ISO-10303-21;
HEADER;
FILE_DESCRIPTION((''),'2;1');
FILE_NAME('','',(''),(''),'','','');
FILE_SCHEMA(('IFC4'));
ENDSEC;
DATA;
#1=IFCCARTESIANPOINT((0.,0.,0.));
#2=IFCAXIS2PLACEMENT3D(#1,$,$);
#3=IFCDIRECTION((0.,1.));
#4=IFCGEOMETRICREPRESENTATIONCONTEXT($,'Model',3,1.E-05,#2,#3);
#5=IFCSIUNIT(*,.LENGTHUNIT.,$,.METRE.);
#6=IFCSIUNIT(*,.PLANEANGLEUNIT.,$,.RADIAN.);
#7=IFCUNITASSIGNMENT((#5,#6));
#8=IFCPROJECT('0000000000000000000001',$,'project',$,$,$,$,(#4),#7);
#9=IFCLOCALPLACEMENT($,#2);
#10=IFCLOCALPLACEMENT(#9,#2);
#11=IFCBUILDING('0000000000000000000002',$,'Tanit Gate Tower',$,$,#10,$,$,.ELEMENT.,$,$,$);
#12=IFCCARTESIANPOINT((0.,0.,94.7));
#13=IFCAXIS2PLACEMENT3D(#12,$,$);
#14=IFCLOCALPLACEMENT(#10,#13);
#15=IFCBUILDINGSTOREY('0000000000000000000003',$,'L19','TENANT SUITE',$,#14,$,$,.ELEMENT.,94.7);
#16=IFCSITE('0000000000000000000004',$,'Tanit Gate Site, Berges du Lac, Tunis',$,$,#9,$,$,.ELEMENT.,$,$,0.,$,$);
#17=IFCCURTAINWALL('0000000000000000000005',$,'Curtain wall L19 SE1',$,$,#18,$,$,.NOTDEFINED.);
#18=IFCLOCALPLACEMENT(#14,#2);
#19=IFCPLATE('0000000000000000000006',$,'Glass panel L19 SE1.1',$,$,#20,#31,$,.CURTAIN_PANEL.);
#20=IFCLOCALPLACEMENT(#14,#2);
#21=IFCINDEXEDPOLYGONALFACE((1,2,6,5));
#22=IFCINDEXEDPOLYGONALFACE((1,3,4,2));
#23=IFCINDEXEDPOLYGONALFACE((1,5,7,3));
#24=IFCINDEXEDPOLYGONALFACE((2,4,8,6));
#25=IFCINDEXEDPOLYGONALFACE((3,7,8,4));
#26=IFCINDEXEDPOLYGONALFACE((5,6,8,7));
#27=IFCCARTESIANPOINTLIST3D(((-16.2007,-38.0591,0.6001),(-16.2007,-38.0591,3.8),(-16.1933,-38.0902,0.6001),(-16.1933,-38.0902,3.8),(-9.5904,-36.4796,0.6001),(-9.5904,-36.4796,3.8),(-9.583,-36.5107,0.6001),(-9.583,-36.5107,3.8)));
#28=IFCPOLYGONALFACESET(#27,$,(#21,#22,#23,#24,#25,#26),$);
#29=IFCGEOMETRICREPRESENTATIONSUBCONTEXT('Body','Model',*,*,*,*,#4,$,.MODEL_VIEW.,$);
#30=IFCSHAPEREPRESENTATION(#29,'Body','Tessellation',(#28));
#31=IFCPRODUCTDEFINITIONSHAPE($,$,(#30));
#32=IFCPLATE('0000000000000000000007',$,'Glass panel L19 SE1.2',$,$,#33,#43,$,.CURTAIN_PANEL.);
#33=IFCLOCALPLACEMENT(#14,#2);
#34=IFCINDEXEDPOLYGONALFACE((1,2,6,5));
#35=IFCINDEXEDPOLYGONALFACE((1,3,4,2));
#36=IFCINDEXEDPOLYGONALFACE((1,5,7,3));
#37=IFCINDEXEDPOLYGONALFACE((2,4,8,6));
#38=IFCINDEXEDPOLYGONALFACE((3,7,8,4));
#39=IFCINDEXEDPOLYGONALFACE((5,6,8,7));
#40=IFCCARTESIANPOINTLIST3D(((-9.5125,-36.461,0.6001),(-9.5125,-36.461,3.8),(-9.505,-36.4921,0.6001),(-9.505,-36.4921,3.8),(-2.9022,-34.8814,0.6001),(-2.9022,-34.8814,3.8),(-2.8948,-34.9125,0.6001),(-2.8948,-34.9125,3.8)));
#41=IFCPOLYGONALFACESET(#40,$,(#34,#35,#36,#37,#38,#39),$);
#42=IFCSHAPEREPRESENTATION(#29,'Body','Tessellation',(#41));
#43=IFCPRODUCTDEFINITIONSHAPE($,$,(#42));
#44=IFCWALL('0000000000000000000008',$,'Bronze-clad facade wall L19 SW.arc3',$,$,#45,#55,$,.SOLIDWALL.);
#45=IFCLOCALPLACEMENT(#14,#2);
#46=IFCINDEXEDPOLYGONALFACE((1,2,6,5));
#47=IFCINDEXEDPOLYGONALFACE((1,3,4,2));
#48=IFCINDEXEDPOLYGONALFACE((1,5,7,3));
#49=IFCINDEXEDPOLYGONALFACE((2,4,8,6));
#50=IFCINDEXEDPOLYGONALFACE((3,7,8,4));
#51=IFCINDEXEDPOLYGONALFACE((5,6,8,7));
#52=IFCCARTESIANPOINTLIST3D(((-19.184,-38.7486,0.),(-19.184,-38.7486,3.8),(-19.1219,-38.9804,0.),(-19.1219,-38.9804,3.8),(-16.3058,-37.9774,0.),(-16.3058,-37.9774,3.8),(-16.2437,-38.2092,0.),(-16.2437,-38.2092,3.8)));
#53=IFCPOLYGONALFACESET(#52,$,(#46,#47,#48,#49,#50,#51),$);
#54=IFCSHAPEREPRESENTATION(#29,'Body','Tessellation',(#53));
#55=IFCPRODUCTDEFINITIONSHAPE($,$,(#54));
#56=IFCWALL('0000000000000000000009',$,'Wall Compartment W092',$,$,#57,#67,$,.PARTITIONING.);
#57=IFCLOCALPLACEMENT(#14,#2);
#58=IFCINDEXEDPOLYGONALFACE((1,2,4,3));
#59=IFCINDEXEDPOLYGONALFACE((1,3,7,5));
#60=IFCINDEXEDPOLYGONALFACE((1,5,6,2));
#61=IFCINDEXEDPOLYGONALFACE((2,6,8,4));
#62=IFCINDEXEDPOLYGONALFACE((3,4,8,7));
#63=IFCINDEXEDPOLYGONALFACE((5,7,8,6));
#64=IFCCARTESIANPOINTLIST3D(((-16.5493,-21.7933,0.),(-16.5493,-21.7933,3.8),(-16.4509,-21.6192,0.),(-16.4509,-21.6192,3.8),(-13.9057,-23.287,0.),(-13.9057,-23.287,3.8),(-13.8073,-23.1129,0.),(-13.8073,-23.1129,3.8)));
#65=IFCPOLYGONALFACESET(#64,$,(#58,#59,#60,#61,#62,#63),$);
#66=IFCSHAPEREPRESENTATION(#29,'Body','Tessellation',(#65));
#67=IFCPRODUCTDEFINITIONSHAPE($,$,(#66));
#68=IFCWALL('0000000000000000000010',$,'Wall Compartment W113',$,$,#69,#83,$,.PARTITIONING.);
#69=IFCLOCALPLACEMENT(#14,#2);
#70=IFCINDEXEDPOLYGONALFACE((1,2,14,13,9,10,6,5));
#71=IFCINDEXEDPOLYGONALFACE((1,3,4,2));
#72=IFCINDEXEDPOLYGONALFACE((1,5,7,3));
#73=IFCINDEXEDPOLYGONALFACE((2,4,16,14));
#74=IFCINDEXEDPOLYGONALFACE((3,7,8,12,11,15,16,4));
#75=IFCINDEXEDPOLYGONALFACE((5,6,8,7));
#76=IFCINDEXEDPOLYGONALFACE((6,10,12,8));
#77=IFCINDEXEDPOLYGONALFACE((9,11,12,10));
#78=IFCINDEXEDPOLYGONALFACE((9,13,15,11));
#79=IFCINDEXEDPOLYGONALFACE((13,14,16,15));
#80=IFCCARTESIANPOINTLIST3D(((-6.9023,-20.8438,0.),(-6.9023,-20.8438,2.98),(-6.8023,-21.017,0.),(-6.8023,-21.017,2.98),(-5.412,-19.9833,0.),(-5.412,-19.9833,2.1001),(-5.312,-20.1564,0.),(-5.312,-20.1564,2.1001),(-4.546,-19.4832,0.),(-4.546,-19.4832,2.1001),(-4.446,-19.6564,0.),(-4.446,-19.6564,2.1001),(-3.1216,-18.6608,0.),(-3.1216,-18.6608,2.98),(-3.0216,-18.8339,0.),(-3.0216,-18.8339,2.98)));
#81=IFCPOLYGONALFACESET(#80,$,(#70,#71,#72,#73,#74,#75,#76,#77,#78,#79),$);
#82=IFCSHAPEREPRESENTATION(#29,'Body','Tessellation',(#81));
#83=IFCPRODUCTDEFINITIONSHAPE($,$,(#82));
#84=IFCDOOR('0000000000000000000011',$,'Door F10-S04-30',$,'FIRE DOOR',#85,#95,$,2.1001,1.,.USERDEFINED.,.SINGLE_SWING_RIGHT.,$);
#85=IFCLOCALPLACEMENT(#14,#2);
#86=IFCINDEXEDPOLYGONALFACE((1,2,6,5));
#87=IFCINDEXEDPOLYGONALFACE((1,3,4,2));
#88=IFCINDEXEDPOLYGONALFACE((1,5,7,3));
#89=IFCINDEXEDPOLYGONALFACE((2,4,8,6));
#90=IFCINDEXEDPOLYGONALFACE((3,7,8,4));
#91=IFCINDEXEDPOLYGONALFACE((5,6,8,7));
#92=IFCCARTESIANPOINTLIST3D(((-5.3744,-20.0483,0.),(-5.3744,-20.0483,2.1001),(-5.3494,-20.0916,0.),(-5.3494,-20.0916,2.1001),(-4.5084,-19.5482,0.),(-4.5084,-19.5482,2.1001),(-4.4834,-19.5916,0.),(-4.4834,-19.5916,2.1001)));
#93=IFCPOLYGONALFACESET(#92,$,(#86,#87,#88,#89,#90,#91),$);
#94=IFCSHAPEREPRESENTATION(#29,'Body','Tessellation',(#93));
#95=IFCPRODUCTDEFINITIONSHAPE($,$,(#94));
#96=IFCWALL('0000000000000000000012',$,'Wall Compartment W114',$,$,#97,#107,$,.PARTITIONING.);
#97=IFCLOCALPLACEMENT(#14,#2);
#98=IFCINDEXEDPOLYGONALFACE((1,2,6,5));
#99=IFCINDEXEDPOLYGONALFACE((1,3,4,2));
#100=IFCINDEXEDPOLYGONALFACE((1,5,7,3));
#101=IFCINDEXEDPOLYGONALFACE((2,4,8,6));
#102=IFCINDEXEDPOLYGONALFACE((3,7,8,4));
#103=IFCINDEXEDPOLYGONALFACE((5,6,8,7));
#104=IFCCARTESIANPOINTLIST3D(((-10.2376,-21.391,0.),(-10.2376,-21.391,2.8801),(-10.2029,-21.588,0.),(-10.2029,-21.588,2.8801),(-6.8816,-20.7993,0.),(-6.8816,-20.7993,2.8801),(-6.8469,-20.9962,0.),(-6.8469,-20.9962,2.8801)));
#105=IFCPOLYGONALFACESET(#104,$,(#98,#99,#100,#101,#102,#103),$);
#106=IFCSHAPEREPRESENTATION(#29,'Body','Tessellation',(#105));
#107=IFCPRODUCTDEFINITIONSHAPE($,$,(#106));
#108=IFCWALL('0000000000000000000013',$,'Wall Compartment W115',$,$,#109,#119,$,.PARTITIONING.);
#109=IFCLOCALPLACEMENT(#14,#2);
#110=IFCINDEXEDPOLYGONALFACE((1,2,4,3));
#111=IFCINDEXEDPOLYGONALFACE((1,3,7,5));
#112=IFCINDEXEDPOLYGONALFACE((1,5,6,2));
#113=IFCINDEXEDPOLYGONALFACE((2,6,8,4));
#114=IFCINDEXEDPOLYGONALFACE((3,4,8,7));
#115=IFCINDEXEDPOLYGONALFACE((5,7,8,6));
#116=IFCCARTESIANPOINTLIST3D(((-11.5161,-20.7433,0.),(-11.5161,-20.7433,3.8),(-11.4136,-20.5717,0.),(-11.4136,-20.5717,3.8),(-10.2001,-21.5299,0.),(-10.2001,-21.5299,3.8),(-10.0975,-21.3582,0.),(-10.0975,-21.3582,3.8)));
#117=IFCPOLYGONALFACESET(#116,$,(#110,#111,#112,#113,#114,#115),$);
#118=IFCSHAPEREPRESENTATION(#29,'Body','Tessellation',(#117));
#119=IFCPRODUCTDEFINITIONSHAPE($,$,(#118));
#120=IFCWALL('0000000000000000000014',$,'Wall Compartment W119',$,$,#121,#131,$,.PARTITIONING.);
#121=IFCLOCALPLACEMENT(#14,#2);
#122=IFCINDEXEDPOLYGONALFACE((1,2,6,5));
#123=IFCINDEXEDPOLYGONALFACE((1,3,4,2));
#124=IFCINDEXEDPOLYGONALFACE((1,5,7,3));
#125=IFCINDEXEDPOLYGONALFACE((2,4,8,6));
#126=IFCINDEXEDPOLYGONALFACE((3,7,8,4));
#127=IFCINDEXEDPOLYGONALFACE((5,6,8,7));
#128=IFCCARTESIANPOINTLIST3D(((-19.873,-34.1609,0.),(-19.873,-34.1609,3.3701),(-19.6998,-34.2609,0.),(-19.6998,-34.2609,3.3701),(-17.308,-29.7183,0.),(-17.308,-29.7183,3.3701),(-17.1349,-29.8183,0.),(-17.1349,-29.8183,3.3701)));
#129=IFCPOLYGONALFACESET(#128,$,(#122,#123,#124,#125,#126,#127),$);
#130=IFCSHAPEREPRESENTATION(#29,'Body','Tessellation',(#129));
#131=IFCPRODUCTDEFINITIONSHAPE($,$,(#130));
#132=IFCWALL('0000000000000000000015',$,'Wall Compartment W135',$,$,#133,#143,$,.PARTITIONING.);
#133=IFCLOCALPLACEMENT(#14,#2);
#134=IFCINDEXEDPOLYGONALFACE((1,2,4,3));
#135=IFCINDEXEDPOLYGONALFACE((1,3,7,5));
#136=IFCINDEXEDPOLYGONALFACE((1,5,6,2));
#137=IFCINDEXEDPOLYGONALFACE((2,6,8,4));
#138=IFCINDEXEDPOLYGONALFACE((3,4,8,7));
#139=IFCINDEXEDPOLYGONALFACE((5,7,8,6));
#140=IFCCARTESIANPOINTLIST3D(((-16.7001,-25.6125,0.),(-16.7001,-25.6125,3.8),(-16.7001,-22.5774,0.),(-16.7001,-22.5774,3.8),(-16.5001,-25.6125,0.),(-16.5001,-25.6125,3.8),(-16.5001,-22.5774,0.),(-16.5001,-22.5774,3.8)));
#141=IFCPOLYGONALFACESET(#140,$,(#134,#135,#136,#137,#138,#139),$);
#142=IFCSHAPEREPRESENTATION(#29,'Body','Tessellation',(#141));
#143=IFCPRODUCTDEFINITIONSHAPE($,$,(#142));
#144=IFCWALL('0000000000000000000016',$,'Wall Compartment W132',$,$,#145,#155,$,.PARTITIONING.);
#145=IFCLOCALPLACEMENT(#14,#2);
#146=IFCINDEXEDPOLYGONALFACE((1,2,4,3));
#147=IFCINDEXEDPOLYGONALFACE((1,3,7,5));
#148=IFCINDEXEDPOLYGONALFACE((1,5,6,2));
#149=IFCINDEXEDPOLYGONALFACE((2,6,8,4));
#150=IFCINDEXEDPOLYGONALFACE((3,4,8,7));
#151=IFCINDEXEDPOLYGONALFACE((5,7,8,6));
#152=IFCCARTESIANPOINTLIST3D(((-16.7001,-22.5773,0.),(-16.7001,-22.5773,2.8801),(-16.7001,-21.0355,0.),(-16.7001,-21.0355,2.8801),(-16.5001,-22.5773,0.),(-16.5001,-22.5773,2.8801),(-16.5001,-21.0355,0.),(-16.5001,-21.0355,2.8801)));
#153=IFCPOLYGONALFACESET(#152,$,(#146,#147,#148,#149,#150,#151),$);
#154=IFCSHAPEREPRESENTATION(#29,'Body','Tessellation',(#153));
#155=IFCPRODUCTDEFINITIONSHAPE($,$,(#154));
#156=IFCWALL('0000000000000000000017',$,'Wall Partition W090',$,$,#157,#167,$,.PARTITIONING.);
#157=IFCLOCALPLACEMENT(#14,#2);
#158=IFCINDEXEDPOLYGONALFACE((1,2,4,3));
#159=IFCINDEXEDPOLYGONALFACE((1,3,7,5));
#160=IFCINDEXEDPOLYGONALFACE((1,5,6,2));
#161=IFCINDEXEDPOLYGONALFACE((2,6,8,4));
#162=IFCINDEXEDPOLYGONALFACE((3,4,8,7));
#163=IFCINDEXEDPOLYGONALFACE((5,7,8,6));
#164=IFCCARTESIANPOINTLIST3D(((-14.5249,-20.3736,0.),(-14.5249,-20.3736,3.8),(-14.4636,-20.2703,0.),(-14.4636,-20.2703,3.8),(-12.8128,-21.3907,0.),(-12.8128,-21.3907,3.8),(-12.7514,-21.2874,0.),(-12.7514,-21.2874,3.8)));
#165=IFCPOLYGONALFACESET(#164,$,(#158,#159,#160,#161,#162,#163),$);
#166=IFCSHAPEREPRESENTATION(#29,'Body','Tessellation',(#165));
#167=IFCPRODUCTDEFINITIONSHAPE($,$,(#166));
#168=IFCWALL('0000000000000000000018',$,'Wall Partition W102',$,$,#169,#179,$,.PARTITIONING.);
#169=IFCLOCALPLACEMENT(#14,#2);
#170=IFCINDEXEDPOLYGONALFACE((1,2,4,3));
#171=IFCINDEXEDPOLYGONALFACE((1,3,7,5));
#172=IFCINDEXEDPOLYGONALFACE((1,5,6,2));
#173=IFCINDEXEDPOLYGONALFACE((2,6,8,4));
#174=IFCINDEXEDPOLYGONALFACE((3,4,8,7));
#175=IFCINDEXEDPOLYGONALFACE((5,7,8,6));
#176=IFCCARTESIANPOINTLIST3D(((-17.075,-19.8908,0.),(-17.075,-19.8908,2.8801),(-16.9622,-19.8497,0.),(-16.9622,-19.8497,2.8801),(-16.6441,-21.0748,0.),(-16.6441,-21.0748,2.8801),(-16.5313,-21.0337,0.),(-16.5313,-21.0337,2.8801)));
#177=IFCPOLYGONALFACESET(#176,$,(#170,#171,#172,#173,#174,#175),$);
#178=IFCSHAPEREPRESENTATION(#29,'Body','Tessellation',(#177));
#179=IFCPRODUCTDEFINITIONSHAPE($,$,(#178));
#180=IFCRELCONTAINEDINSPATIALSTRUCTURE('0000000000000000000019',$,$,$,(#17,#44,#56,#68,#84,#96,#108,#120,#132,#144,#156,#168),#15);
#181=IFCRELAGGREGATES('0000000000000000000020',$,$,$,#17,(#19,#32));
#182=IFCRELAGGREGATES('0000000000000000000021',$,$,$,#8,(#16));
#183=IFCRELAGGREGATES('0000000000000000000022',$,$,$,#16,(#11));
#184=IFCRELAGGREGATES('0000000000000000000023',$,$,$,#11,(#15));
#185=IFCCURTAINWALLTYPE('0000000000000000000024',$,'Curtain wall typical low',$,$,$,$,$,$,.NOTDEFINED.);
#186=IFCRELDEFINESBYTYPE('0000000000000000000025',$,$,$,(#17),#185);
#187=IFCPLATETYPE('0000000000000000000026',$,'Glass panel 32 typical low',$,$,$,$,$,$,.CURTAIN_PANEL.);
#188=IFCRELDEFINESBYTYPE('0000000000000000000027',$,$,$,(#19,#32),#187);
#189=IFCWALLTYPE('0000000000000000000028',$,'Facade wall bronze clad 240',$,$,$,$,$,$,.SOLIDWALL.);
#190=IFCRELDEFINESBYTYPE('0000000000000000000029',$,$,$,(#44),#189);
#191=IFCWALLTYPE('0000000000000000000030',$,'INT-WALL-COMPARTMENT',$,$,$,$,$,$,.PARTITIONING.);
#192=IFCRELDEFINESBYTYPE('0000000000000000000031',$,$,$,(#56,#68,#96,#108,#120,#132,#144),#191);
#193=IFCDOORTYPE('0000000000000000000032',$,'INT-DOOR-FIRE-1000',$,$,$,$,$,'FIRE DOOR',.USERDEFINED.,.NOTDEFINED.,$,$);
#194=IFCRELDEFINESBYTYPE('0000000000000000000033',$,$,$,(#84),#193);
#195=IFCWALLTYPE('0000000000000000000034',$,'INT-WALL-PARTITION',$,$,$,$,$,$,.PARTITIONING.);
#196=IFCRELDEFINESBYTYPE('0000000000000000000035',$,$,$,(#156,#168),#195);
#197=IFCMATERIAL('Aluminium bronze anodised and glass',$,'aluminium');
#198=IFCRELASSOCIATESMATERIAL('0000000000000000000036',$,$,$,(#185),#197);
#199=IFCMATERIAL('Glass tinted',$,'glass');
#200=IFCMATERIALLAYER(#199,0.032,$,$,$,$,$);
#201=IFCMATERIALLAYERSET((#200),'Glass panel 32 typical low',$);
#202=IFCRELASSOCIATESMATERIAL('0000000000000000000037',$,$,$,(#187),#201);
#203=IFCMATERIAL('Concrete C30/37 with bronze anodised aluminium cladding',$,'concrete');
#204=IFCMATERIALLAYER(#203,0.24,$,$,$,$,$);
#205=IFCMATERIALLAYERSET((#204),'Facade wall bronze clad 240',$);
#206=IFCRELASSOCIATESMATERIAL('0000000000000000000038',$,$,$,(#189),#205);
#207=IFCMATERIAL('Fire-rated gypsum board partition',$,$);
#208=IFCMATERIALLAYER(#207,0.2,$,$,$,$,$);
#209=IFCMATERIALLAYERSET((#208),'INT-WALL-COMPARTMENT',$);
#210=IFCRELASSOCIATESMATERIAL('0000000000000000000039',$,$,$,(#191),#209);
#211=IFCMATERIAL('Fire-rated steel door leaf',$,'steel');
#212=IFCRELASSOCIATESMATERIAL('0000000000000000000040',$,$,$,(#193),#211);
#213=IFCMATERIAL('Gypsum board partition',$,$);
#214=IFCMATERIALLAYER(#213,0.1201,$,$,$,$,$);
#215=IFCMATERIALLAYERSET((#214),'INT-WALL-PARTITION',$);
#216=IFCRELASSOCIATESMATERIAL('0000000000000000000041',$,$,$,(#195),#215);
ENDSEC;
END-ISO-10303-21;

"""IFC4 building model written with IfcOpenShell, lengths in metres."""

from ifc_helpers import new_model, si_unit, direction, frame, frame_2d, origin, origin_2d, place, context, subcontext, project, spatial, rectangle, extrude, material, layer, layer_set, type_object, element, fill, aggregate, save


model = new_model("IFC4")

# Units and contexts
model_context = context("Model", 3, precision=1e-05, world=origin(), true_north=direction((0.0, 1.0)))
body_context = subcontext(model_context, "Body", "Model", "MODEL_VIEW")
ifc_project = project(units=[si_unit("LENGTHUNIT", "METRE"), si_unit("PLANEANGLEUNIT", "RADIAN")], contexts=[model_context])

# Site, building, storey
site_placement = place(None, origin())
site = spatial("IfcSite", under=ifc_project, at=site_placement, Name="Tanit Gate Site, Berges du Lac, Tunis", CompositionType="ELEMENT", RefElevation=0.0)
building_placement = place(site_placement, origin())
building = spatial("IfcBuilding", under=site, at=building_placement, Name="Tanit Gate Tower", CompositionType="ELEMENT")
storey_placement = place(building_placement, frame((0.0, 0.0, 94.7)))
storey = spatial("IfcBuildingStorey", under=building, at=storey_placement, Name="L19", Description="TENANT SUITE", CompositionType="ELEMENT", Elevation=94.7)

# Curtain wall
ifc_material_1 = material(Name="Aluminium bronze anodised and glass", Category="aluminium")
curtain_wall_type = type_object("IfcCurtainWallType", Name="Curtain wall typical low", PredefinedType="NOTDEFINED", material=ifc_material_1)
curtain_wall_placement = place(storey_placement, origin())
curtain_wall = element("IfcCurtainWall", 1, at=curtain_wall_placement, inside=storey, type_object=curtain_wall_type, Name="Curtain wall L19 SE1", PredefinedType="NOTDEFINED")

# Plates
ifc_material_2 = material(Name="Glass tinted", Category="glass")
ifc_layer_1 = layer(ifc_material_2, 0.032)
ifc_layer_set_1 = layer_set([ifc_layer_1], Name="Glass panel 32 typical low")
plate_type = type_object("IfcPlateType", Name="Glass panel 32 typical low", PredefinedType="CURTAIN_PANEL", material=ifc_layer_set_1)
plate_1_placement = place(storey_placement, frame((-12.8918, -37.2849, 0.6001), z_axis=(0.0, 0.0, 1.0), x_axis=(0.972618, 0.232409, 0.0)))
plate_1 = element("IfcPlate", 2, at=plate_1_placement, type_object=plate_type, Name="Glass panel L19 SE1.1", PredefinedType="CURTAIN_PANEL", context=body_context, shape_type="SweptSolid", body=[
    extrude(rectangle(XDim=6.7964, YDim=0.032, at=origin_2d()), origin(), (0.0, 0.0, 1.0), 3.2),
])
plate_2_placement = place(storey_placement, frame((-6.2036, -35.6868, 0.6001), z_axis=(0.0, 0.0, 1.0), x_axis=(0.972618, 0.232409, 0.0)))
plate_2 = element("IfcPlate", 3, at=plate_2_placement, type_object=plate_type, Name="Glass panel L19 SE1.2", PredefinedType="CURTAIN_PANEL", context=body_context, shape_type="SweptSolid", body=[
    extrude(rectangle(XDim=6.7964, YDim=0.032, at=origin_2d()), origin(), (0.0, 0.0, 1.0), 3.2),
])
aggregate(curtain_wall, [plate_1, plate_2])

# Walls
ifc_material_3 = material(Name="Concrete C30/37 with bronze anodised aluminium cladding", Category="concrete")
ifc_layer_2 = layer(ifc_material_3, 0.24)
ifc_layer_set_2 = layer_set([ifc_layer_2], Name="Facade wall bronze clad 240")
wall_type_1 = type_object("IfcWallType", Name="Facade wall bronze clad 240", PredefinedType="SOLIDWALL", material=ifc_layer_set_2)
wall_1_placement = place(storey_placement, frame((-19.1528, -38.8645, 0.0), z_axis=(0.0, 0.0, 1.0), x_axis=(0.965923, 0.25883, 0.0)))
element("IfcWall", 4, at=wall_1_placement, inside=storey, type_object=wall_type_1, Name="Bronze-clad facade wall L19 SW.arc3", PredefinedType="SOLIDWALL", context=body_context, shape_type="SweptSolid", body=[
    extrude(rectangle(XDim=2.9797, YDim=0.24, at=frame_2d((1.4897, 0.0))), origin(), (0.0, 0.0, 1.0), 3.8),
])
ifc_material_4 = material(Name="Fire-rated gypsum board partition")
ifc_layer_3 = layer(ifc_material_4, 0.2)
ifc_layer_set_3 = layer_set([ifc_layer_3], Name="INT-WALL-COMPARTMENT")
wall_type_2 = type_object("IfcWallType", Name="INT-WALL-COMPARTMENT", PredefinedType="PARTITIONING", material=ifc_layer_set_3)
wall_2_placement = place(storey_placement, frame((-16.5, -21.7063, 0.0), z_axis=(0.0, 0.0, 1.0), x_axis=(0.870638, -0.491925, 0.0)))
element("IfcWall", 5, at=wall_2_placement, inside=storey, type_object=wall_type_2, Name="Wall Compartment W092", PredefinedType="PARTITIONING", context=body_context, shape_type="SweptSolid", body=[
    extrude(rectangle(XDim=3.0364, YDim=0.2, at=frame_2d((1.5181, 0.0))), origin(), (0.0, 0.0, 1.0), 3.8),
])

# Wall, opening, door
wall_3_placement = place(storey_placement, frame((-6.8523, -20.9304, 0.0), z_axis=(0.0, 0.0, 1.0), x_axis=(0.865997, 0.500048, 0.0)))
wall_3 = element("IfcWall", 6, at=wall_3_placement, inside=storey, type_object=wall_type_2, Name="Wall Compartment W113", PredefinedType="PARTITIONING", context=body_context, shape_type="SweptSolid", body=[
    extrude(rectangle(XDim=4.3657, YDim=0.2, at=frame_2d((2.1829, 0.0))), origin(), (0.0, 0.0, 1.0), 2.98),
])
opening_placement = place(wall_3_placement, frame((1.7209, 0.0, 0.0)))
opening = element("IfcOpeningElement", 7, at=opening_placement, cuts=wall_3, PredefinedType="OPENING", context=body_context, shape_type="SweptSolid", body=[
    extrude(rectangle(XDim=1.0, YDim=2.1001, at=frame_2d((0.5, 1.05))), frame((0.0, 0.1099, 0.0), z_axis=(0.0, -1.0, 0.0), x_axis=(1.0, 0.0, 0.0)), (0.0, 0.0, 1.0), 0.22),
])
ifc_material_5 = material(Name="Fire-rated steel door leaf", Category="steel")
door_type = type_object("IfcDoorType", Name="INT-DOOR-FIRE-1000", ElementType="FIRE DOOR", OperationType="NOTDEFINED", PredefinedType="USERDEFINED", material=ifc_material_5)
door_placement = place(opening_placement, origin())
door = element("IfcDoor", 8, at=door_placement, inside=storey, type_object=door_type, Name="Door F10-S04-30", ObjectType="FIRE DOOR", OperationType="SINGLE_SWING_RIGHT", OverallHeight=2.1001, OverallWidth=1.0, PredefinedType="USERDEFINED", context=body_context, shape_type="SweptSolid", body=[
    extrude(rectangle(XDim=1.0, YDim=2.1001, at=frame_2d((0.5, 1.05))), frame((0.0, 0.0249, 0.0), z_axis=(0.0, -1.0, 0.0), x_axis=(1.0, 0.0, 0.0)), (0.0, 0.0, 1.0), 0.05),
])
fill(opening, door)

# Walls
wall_4_placement = place(storey_placement, frame((-10.2202, -21.4895, 0.0), z_axis=(0.0, 0.0, 1.0), x_axis=(0.984805, 0.173663, 0.0)))
element("IfcWall", 9, at=wall_4_placement, inside=storey, type_object=wall_type_2, Name="Wall Compartment W114", PredefinedType="PARTITIONING", context=body_context, shape_type="SweptSolid", body=[
    extrude(rectangle(XDim=3.4077, YDim=0.2, at=frame_2d((1.7039, 0.0))), origin(), (0.0, 0.0, 1.0), 2.8801),
])
wall_5_placement = place(storey_placement, frame((-11.4648, -20.6575, 0.0), z_axis=(0.0, 0.0, 1.0), x_axis=(0.858377, -0.51302, 0.0)))
element("IfcWall", 10, at=wall_5_placement, inside=storey, type_object=wall_type_2, Name="Wall Compartment W115", PredefinedType="PARTITIONING", context=body_context, shape_type="SweptSolid", body=[
    extrude(rectangle(XDim=1.5332, YDim=0.2, at=frame_2d((0.7666, 0.0))), origin(), (0.0, 0.0, 1.0), 3.8),
])
wall_6_placement = place(storey_placement, frame((-19.7864, -34.2109, 0.0), z_axis=(0.0, 0.0, 1.0), x_axis=(0.499998, 0.866026, 0.0)))
element("IfcWall", 11, at=wall_6_placement, inside=storey, type_object=wall_type_2, Name="Wall Compartment W119", PredefinedType="PARTITIONING", context=body_context, shape_type="SweptSolid", body=[
    extrude(rectangle(XDim=5.1299, YDim=0.2, at=frame_2d((2.5649, 0.0))), origin(), (0.0, 0.0, 1.0), 3.3701),
])
wall_7_placement = place(storey_placement, frame((-16.6001, -25.6125, 0.0), z_axis=(0.0, 0.0, 1.0), x_axis=(0.0, 1.0, 0.0)))
element("IfcWall", 12, at=wall_7_placement, inside=storey, type_object=wall_type_2, Name="Wall Compartment W135", PredefinedType="PARTITIONING", context=body_context, shape_type="SweptSolid", body=[
    extrude(rectangle(XDim=3.0352, YDim=0.2, at=frame_2d((1.5176, 0.0))), origin(), (0.0, 0.0, 1.0), 3.8),
])
wall_8_placement = place(storey_placement, frame((-16.6001, -22.5774, 0.0), z_axis=(0.0, 0.0, 1.0), x_axis=(0.0, 1.0, 0.0)))
element("IfcWall", 13, at=wall_8_placement, inside=storey, type_object=wall_type_2, Name="Wall Compartment W132", PredefinedType="PARTITIONING", context=body_context, shape_type="SweptSolid", body=[
    extrude(rectangle(XDim=1.5417, YDim=0.2, at=frame_2d((0.771, 0.0))), origin(), (0.0, 0.0, 1.0), 2.8801),
])
ifc_material_6 = material(Name="Gypsum board partition")
ifc_layer_4 = layer(ifc_material_6, 0.1201)
ifc_layer_set_4 = layer_set([ifc_layer_4], Name="INT-WALL-PARTITION")
wall_type_3 = type_object("IfcWallType", Name="INT-WALL-PARTITION", PredefinedType="PARTITIONING", material=ifc_layer_set_4)
wall_9_placement = place(storey_placement, frame((-14.4941, -20.322, 0.0), z_axis=(0.0, 0.0, 1.0), x_axis=(0.859745, -0.510723, 0.0)))
element("IfcWall", 14, at=wall_9_placement, inside=storey, type_object=wall_type_3, Name="Wall Partition W090", PredefinedType="PARTITIONING", context=body_context, shape_type="SweptSolid", body=[
    extrude(rectangle(XDim=1.9915, YDim=0.1201, at=frame_2d((0.9956, 0.0))), origin(), (0.0, 0.0, 1.0), 3.8),
])
wall_10_placement = place(storey_placement, frame((-17.0186, -19.8704, 0.0), z_axis=(0.0, 0.0, 1.0), x_axis=(0.341976, -0.939709, 0.0)))
element("IfcWall", 15, at=wall_10_placement, inside=storey, type_object=wall_type_3, Name="Wall Partition W102", PredefinedType="PARTITIONING", context=body_context, shape_type="SweptSolid", body=[
    extrude(rectangle(XDim=1.26, YDim=0.1201, at=frame_2d((0.6299, 0.0))), origin(), (0.0, 0.0, 1.0), 2.8801),
])

save(model, "model.ifc")
